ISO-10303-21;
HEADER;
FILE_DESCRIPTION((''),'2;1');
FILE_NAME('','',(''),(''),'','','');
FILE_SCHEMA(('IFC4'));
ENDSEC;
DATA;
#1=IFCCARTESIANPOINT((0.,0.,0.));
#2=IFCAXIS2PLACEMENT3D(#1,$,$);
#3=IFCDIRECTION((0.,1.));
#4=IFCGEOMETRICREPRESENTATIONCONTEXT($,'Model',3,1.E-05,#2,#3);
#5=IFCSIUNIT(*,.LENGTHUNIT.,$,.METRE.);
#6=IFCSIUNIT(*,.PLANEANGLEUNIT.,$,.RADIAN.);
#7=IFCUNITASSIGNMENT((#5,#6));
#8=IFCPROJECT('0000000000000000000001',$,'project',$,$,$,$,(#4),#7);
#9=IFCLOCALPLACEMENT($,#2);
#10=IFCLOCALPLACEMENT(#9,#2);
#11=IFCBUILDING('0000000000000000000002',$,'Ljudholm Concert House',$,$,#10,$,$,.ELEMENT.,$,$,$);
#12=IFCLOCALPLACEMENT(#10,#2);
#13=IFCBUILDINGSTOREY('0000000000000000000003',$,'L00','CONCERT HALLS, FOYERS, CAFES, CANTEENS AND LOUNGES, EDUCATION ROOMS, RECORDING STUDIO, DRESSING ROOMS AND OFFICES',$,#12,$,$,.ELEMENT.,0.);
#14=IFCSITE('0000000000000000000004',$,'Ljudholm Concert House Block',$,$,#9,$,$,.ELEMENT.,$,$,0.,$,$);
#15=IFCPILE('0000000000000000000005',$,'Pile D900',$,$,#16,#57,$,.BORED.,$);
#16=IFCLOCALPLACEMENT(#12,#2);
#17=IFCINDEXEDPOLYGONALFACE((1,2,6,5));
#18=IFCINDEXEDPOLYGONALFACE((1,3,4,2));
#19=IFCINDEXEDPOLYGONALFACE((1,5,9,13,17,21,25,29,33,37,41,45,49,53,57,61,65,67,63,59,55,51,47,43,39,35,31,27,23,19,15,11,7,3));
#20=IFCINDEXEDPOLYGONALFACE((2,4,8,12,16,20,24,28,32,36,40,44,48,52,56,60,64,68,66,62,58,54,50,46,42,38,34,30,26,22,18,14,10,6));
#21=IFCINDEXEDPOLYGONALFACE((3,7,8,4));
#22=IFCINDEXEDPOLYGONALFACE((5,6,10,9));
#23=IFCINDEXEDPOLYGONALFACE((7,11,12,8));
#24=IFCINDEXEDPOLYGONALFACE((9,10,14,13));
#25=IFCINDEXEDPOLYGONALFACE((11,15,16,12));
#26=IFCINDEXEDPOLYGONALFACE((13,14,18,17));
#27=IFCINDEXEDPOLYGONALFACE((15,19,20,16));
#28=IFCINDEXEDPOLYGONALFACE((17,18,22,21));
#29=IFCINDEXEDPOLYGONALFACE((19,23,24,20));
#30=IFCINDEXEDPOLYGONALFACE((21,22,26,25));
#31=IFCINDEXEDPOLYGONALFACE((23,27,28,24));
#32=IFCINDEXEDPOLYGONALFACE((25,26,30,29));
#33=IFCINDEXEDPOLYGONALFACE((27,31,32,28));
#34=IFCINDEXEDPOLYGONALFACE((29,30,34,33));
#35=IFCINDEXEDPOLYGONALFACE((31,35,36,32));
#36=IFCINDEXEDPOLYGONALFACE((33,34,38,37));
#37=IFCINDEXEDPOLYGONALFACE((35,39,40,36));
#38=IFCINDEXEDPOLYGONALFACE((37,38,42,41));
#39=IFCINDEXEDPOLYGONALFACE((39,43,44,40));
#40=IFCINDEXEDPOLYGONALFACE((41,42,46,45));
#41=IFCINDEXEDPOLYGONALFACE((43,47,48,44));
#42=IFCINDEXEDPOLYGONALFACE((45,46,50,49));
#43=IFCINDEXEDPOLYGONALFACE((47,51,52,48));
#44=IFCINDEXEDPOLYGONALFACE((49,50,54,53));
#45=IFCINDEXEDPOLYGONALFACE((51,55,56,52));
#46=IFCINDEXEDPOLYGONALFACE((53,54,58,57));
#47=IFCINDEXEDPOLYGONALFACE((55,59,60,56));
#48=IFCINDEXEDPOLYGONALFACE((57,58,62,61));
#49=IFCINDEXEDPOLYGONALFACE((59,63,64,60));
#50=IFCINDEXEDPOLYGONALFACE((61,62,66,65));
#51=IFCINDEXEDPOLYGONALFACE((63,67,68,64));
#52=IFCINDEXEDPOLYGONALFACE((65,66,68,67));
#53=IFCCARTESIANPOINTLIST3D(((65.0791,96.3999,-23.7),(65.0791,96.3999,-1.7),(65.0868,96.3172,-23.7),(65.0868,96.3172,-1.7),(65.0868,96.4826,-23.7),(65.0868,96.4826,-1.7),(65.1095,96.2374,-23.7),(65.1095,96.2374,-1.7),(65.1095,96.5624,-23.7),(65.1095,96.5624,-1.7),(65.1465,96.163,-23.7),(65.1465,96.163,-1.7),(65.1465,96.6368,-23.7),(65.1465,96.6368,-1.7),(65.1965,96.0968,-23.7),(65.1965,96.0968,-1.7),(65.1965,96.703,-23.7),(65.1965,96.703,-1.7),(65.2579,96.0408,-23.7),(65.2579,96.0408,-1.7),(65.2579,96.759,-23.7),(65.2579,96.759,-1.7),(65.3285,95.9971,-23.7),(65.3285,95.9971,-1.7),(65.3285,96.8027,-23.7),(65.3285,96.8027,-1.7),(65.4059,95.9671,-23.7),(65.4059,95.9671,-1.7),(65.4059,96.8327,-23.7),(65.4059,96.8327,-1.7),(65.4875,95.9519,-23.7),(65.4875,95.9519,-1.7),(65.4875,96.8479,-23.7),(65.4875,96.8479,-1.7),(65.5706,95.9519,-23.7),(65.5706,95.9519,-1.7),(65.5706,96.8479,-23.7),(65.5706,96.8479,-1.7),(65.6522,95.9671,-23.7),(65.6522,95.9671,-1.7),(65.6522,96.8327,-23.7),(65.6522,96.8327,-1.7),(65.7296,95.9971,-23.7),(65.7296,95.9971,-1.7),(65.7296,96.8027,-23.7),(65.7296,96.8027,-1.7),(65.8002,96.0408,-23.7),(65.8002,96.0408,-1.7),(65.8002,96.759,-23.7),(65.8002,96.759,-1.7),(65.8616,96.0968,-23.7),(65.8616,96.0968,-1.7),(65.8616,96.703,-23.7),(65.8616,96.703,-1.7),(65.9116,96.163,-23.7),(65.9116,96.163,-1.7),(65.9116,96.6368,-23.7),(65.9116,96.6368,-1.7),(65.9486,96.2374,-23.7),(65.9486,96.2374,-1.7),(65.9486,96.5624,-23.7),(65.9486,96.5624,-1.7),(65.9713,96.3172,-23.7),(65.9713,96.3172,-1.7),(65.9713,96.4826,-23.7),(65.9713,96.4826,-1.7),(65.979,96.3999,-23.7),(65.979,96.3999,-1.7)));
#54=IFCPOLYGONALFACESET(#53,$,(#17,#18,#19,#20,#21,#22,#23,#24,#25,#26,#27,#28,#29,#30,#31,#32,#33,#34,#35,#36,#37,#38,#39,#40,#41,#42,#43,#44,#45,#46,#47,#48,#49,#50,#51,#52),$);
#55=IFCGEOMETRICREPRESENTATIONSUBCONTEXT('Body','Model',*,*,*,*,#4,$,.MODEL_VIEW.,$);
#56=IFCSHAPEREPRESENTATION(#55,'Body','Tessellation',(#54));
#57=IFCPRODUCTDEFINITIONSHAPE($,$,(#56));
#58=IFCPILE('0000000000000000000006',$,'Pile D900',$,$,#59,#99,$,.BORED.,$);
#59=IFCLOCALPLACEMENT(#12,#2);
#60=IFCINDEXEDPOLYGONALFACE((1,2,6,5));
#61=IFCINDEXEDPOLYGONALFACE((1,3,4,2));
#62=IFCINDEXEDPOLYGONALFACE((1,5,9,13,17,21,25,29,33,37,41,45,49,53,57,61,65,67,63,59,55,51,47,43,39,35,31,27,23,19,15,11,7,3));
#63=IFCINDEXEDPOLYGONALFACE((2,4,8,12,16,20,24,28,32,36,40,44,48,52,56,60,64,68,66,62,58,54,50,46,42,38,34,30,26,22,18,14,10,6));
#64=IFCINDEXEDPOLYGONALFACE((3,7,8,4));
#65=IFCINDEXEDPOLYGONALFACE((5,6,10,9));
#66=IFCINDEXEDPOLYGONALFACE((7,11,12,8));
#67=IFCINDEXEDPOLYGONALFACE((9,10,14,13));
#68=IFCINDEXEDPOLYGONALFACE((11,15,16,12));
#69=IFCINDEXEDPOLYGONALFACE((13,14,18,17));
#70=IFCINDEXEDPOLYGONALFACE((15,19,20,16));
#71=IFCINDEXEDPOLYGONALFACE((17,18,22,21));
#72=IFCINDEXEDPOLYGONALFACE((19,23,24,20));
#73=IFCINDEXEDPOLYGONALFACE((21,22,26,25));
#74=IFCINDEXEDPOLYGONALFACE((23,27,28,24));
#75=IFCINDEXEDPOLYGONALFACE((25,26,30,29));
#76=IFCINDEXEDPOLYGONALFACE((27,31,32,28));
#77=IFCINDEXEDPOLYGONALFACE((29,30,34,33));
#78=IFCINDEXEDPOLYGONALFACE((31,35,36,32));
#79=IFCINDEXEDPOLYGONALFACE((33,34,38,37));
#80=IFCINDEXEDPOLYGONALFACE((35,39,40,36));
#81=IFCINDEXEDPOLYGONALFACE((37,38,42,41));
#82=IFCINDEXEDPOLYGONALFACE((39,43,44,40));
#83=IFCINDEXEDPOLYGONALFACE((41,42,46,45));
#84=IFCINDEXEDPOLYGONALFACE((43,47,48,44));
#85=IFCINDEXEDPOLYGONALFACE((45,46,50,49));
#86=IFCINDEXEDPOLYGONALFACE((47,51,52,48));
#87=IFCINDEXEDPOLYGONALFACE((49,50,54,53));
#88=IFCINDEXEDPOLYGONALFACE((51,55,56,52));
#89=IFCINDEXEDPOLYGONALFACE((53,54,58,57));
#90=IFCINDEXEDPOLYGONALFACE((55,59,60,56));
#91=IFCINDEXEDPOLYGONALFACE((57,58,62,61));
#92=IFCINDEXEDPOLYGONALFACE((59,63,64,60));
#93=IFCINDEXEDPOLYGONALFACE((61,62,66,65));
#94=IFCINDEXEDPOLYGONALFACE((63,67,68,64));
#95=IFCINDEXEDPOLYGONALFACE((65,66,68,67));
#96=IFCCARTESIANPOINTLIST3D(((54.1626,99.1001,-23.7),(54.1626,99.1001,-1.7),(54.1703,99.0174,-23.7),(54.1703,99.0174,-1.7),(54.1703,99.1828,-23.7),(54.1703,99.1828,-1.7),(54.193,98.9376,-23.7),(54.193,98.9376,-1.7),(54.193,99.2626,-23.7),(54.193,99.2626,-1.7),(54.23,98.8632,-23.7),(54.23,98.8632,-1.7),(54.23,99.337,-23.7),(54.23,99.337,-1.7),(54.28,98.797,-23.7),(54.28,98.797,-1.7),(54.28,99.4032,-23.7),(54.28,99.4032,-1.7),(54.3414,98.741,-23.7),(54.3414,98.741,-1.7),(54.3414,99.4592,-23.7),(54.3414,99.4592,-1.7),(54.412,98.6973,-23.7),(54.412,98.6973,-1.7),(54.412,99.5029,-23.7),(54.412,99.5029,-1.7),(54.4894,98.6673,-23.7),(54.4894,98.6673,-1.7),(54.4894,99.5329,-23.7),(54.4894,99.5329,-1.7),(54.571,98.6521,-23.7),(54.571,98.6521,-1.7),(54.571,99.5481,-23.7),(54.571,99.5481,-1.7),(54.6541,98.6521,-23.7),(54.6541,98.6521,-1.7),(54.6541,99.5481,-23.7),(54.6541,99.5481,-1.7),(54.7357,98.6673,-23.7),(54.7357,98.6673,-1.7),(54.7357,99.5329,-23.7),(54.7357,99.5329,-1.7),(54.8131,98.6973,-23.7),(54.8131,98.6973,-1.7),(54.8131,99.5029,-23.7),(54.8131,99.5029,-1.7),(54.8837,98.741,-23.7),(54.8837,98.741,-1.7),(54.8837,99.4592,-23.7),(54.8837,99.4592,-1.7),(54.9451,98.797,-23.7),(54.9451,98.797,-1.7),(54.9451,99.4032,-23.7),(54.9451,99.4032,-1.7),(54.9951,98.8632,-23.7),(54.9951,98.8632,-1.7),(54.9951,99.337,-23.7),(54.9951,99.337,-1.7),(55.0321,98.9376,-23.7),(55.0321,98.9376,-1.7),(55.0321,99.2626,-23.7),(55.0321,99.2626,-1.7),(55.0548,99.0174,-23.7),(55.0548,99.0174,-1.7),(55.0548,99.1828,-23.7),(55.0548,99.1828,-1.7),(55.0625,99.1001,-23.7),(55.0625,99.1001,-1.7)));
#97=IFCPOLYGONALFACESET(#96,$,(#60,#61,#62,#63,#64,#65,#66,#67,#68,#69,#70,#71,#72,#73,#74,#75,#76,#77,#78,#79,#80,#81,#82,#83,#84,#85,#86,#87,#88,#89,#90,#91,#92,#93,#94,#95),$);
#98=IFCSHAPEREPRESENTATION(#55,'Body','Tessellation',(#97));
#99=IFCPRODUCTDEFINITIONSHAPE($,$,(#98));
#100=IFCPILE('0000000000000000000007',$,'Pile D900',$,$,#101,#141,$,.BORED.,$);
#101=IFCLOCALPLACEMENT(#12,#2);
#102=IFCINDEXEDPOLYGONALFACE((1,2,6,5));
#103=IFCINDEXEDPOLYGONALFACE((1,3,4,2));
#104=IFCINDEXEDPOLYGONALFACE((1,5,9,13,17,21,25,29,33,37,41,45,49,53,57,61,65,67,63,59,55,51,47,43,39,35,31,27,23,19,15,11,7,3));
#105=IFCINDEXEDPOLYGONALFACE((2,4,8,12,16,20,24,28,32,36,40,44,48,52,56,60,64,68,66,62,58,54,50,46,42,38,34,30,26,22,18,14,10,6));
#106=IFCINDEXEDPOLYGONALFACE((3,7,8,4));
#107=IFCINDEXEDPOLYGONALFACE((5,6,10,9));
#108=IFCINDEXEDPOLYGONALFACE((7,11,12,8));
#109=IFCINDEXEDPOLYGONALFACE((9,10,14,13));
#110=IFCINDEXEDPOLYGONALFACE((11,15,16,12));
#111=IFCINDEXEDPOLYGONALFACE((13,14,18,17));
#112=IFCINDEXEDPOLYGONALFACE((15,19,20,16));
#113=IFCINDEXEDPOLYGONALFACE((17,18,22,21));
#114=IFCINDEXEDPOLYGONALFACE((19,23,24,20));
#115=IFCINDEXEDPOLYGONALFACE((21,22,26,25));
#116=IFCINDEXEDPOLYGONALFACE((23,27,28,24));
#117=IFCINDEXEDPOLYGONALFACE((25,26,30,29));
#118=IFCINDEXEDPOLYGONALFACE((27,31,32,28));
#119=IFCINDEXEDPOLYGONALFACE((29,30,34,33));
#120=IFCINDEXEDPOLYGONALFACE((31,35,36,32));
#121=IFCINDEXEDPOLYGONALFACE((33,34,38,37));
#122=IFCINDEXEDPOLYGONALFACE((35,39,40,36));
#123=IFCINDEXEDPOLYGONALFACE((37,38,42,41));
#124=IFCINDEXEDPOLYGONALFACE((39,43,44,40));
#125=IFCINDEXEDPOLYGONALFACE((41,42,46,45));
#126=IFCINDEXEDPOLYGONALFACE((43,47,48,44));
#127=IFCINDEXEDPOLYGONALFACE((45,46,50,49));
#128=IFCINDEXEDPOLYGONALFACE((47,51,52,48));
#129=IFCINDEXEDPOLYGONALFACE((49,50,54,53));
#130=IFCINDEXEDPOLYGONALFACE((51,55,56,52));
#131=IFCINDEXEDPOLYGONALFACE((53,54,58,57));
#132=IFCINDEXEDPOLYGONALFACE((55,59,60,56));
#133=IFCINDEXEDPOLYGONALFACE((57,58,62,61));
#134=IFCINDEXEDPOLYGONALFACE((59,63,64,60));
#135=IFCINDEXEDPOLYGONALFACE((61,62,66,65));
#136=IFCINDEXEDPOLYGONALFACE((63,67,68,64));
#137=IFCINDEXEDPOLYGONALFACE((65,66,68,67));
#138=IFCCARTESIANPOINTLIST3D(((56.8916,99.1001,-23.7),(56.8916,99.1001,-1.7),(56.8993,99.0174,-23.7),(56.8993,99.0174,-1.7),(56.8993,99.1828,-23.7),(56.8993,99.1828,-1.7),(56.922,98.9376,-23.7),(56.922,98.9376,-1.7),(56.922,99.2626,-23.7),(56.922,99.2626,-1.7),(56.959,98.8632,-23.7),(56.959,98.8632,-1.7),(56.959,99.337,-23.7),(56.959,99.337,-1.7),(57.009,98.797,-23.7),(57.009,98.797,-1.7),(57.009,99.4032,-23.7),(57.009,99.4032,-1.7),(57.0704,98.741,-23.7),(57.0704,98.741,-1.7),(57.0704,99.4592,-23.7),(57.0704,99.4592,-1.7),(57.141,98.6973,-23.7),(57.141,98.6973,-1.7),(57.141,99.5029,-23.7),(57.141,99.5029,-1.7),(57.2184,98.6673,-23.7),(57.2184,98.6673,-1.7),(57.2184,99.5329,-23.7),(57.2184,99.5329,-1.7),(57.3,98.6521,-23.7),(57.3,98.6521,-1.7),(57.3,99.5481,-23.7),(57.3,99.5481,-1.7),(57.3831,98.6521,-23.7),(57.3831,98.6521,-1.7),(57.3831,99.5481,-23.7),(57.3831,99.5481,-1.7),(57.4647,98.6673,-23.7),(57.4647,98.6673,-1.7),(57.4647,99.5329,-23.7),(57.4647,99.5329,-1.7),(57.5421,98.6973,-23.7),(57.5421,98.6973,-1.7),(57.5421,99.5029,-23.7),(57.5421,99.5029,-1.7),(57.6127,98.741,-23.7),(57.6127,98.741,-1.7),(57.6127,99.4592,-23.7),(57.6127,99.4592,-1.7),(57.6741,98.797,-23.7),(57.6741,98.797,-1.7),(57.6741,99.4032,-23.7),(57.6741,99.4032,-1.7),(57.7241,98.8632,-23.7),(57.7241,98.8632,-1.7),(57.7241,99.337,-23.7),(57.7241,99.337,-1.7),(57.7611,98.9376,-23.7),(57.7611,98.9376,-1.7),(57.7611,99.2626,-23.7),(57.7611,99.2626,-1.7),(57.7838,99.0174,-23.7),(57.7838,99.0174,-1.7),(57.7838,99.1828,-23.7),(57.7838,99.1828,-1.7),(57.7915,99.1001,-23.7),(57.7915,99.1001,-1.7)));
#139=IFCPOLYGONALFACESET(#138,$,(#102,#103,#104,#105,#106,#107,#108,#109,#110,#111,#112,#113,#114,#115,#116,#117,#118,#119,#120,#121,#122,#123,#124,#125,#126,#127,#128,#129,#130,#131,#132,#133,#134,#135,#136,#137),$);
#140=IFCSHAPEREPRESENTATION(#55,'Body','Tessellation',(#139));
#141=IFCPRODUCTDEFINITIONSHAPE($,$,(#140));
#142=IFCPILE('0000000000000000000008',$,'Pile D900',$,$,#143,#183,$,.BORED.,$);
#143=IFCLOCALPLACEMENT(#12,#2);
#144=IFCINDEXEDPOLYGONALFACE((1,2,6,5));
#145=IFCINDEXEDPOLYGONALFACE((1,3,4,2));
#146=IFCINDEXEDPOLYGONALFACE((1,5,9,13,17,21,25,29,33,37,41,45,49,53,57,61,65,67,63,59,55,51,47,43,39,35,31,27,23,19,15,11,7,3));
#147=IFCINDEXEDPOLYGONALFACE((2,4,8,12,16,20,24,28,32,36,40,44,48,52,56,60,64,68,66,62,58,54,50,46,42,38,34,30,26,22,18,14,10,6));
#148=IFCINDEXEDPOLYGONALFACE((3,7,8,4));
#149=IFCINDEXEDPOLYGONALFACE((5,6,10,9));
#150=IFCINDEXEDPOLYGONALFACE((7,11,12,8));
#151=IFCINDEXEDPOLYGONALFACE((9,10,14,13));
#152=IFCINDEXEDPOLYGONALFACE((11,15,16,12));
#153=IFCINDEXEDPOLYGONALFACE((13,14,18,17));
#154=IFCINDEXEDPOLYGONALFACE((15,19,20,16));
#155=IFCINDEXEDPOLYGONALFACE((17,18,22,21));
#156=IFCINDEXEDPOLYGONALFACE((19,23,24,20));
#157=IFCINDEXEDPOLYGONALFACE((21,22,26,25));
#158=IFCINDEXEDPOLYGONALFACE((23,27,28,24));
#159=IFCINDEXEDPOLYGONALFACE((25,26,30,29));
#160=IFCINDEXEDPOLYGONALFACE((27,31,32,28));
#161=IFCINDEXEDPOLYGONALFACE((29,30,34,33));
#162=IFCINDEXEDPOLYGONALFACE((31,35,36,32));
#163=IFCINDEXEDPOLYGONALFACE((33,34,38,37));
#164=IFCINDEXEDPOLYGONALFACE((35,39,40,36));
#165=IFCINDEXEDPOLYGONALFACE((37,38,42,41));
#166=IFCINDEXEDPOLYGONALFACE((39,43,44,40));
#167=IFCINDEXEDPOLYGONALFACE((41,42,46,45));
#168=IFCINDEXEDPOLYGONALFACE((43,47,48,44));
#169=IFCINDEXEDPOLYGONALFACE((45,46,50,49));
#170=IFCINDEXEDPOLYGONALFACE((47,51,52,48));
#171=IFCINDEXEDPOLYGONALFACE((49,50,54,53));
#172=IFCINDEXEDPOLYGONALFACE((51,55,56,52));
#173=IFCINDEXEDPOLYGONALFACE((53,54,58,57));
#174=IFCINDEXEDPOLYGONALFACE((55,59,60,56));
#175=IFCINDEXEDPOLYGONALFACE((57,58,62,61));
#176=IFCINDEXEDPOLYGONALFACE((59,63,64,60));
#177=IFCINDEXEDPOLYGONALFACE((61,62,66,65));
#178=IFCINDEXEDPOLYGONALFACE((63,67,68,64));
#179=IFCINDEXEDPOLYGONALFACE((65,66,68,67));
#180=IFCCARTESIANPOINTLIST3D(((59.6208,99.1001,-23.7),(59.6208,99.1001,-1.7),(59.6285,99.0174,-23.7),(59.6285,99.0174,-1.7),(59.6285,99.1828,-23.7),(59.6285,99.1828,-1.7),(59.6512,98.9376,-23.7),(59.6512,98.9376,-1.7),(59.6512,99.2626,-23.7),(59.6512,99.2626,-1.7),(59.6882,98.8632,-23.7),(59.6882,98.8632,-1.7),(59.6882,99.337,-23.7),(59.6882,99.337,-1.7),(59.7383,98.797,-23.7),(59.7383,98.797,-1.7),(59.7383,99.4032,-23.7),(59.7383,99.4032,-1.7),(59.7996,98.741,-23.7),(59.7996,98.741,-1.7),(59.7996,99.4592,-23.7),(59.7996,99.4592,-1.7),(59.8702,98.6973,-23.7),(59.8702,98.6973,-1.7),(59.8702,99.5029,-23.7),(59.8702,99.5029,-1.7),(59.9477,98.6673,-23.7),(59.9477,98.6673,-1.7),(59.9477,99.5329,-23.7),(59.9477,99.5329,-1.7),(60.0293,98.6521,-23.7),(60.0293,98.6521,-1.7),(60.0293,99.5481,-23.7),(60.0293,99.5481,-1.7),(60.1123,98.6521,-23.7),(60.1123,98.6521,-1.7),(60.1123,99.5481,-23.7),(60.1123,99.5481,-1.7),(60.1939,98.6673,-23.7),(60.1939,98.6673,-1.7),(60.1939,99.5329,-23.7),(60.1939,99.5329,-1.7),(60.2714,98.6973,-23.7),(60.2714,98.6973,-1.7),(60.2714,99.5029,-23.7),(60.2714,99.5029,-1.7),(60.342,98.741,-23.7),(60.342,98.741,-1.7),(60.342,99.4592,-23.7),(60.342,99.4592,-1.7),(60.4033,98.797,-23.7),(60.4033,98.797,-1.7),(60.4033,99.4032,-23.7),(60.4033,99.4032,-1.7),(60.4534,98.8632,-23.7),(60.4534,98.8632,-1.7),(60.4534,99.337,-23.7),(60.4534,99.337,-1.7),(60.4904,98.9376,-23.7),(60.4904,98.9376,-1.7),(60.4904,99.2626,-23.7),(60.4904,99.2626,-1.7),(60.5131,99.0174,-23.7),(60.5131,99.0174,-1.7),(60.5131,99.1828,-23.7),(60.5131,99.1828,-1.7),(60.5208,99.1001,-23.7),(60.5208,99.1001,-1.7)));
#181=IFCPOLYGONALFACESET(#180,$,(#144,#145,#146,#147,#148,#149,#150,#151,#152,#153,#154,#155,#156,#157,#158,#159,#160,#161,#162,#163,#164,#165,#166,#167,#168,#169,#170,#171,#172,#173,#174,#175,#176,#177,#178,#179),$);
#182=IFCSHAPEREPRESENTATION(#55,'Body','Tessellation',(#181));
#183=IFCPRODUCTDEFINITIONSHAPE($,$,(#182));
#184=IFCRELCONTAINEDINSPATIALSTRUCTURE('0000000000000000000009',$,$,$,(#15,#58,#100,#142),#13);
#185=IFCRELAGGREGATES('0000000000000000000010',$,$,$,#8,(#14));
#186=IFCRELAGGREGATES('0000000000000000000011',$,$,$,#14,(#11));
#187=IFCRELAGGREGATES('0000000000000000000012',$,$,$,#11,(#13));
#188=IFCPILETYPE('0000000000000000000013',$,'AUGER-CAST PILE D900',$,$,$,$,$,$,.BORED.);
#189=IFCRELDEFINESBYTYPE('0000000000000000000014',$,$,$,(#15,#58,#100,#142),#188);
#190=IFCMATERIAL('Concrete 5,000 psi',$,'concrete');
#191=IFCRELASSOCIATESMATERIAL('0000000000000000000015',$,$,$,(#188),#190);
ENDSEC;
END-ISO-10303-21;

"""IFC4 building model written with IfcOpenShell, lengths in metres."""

from ifc_helpers import new_model, si_unit, direction, frame, origin, origin_2d, place, context, subcontext, project, spatial, circle, extrude, material, material_profile, profile_set, type_object, element, save


model = new_model("IFC4")

# Units and contexts
model_context = context("Model", 3, precision=1e-05, world=origin(), true_north=direction((0.0, 1.0)))
body_context = subcontext(model_context, "Body", "Model", "MODEL_VIEW")
ifc_project = project(units=[si_unit("LENGTHUNIT", "METRE"), si_unit("PLANEANGLEUNIT", "RADIAN")], contexts=[model_context])

# Site, building, storey
site_placement = place(None, origin())
site = spatial("IfcSite", under=ifc_project, at=site_placement, Name="Ljudholm Concert House Block", CompositionType="ELEMENT", RefElevation=0.0)
building_placement = place(site_placement, origin())
building = spatial("IfcBuilding", under=site, at=building_placement, Name="Ljudholm Concert House", CompositionType="ELEMENT")
storey_placement = place(building_placement, origin())
storey = spatial("IfcBuildingStorey", under=building, at=storey_placement, Name="L00", Description="CONCERT HALLS, FOYERS, CAFES, CANTEENS AND LOUNGES, EDUCATION ROOMS, RECORDING STUDIO, DRESSING ROOMS AND OFFICES", CompositionType="ELEMENT", Elevation=0.0)

# Piles
ifc_material_1 = material(Name="Concrete 5,000 psi", Category="concrete")
ifc_material_profile_1 = material_profile(ifc_material_1, circle(Radius=0.45, at=origin_2d()), Name="AUGER-CAST PILE D900")
ifc_profile_set_1 = profile_set([ifc_material_profile_1], Name="Concrete 5,000 psi")
pile_type_1 = type_object("IfcPileType", Name="AUGER-CAST PILE D900", PredefinedType="BORED", material=ifc_profile_set_1)
for number, where, z_axis, x_axis, name in (
    (1, (65.5291, 96.3999, -1.7), (0.0, 0.0, -1.0), (1.0, 0.0, 0.0), "Pile D900"),
    (2, (54.6125, 99.1001, -1.7), (0.0, 0.0, -1.0), (1.0, 0.0, 0.0), "Pile D900"),
    (3, (57.3416, 99.1001, -1.7), (0.0, 0.0, -1.0), (1.0, 0.0, 0.0), "Pile D900"),
    (4, (60.0708, 99.1001, -1.7), (0.0, 0.0, -1.0), (1.0, 0.0, 0.0), "Pile D900"),
):
    element("IfcPile", number, at=place(storey_placement, frame(where, z_axis=z_axis, x_axis=x_axis)), inside=storey, type_object=pile_type_1, Name=name, PredefinedType="BORED", context=body_context, shape_type="SweptSolid", body=[
        extrude(circle(Radius=0.45, at=origin_2d()), origin(), (0.0, 0.0, 1.0), 22.0),
    ])

save(model, "model.ifc")
